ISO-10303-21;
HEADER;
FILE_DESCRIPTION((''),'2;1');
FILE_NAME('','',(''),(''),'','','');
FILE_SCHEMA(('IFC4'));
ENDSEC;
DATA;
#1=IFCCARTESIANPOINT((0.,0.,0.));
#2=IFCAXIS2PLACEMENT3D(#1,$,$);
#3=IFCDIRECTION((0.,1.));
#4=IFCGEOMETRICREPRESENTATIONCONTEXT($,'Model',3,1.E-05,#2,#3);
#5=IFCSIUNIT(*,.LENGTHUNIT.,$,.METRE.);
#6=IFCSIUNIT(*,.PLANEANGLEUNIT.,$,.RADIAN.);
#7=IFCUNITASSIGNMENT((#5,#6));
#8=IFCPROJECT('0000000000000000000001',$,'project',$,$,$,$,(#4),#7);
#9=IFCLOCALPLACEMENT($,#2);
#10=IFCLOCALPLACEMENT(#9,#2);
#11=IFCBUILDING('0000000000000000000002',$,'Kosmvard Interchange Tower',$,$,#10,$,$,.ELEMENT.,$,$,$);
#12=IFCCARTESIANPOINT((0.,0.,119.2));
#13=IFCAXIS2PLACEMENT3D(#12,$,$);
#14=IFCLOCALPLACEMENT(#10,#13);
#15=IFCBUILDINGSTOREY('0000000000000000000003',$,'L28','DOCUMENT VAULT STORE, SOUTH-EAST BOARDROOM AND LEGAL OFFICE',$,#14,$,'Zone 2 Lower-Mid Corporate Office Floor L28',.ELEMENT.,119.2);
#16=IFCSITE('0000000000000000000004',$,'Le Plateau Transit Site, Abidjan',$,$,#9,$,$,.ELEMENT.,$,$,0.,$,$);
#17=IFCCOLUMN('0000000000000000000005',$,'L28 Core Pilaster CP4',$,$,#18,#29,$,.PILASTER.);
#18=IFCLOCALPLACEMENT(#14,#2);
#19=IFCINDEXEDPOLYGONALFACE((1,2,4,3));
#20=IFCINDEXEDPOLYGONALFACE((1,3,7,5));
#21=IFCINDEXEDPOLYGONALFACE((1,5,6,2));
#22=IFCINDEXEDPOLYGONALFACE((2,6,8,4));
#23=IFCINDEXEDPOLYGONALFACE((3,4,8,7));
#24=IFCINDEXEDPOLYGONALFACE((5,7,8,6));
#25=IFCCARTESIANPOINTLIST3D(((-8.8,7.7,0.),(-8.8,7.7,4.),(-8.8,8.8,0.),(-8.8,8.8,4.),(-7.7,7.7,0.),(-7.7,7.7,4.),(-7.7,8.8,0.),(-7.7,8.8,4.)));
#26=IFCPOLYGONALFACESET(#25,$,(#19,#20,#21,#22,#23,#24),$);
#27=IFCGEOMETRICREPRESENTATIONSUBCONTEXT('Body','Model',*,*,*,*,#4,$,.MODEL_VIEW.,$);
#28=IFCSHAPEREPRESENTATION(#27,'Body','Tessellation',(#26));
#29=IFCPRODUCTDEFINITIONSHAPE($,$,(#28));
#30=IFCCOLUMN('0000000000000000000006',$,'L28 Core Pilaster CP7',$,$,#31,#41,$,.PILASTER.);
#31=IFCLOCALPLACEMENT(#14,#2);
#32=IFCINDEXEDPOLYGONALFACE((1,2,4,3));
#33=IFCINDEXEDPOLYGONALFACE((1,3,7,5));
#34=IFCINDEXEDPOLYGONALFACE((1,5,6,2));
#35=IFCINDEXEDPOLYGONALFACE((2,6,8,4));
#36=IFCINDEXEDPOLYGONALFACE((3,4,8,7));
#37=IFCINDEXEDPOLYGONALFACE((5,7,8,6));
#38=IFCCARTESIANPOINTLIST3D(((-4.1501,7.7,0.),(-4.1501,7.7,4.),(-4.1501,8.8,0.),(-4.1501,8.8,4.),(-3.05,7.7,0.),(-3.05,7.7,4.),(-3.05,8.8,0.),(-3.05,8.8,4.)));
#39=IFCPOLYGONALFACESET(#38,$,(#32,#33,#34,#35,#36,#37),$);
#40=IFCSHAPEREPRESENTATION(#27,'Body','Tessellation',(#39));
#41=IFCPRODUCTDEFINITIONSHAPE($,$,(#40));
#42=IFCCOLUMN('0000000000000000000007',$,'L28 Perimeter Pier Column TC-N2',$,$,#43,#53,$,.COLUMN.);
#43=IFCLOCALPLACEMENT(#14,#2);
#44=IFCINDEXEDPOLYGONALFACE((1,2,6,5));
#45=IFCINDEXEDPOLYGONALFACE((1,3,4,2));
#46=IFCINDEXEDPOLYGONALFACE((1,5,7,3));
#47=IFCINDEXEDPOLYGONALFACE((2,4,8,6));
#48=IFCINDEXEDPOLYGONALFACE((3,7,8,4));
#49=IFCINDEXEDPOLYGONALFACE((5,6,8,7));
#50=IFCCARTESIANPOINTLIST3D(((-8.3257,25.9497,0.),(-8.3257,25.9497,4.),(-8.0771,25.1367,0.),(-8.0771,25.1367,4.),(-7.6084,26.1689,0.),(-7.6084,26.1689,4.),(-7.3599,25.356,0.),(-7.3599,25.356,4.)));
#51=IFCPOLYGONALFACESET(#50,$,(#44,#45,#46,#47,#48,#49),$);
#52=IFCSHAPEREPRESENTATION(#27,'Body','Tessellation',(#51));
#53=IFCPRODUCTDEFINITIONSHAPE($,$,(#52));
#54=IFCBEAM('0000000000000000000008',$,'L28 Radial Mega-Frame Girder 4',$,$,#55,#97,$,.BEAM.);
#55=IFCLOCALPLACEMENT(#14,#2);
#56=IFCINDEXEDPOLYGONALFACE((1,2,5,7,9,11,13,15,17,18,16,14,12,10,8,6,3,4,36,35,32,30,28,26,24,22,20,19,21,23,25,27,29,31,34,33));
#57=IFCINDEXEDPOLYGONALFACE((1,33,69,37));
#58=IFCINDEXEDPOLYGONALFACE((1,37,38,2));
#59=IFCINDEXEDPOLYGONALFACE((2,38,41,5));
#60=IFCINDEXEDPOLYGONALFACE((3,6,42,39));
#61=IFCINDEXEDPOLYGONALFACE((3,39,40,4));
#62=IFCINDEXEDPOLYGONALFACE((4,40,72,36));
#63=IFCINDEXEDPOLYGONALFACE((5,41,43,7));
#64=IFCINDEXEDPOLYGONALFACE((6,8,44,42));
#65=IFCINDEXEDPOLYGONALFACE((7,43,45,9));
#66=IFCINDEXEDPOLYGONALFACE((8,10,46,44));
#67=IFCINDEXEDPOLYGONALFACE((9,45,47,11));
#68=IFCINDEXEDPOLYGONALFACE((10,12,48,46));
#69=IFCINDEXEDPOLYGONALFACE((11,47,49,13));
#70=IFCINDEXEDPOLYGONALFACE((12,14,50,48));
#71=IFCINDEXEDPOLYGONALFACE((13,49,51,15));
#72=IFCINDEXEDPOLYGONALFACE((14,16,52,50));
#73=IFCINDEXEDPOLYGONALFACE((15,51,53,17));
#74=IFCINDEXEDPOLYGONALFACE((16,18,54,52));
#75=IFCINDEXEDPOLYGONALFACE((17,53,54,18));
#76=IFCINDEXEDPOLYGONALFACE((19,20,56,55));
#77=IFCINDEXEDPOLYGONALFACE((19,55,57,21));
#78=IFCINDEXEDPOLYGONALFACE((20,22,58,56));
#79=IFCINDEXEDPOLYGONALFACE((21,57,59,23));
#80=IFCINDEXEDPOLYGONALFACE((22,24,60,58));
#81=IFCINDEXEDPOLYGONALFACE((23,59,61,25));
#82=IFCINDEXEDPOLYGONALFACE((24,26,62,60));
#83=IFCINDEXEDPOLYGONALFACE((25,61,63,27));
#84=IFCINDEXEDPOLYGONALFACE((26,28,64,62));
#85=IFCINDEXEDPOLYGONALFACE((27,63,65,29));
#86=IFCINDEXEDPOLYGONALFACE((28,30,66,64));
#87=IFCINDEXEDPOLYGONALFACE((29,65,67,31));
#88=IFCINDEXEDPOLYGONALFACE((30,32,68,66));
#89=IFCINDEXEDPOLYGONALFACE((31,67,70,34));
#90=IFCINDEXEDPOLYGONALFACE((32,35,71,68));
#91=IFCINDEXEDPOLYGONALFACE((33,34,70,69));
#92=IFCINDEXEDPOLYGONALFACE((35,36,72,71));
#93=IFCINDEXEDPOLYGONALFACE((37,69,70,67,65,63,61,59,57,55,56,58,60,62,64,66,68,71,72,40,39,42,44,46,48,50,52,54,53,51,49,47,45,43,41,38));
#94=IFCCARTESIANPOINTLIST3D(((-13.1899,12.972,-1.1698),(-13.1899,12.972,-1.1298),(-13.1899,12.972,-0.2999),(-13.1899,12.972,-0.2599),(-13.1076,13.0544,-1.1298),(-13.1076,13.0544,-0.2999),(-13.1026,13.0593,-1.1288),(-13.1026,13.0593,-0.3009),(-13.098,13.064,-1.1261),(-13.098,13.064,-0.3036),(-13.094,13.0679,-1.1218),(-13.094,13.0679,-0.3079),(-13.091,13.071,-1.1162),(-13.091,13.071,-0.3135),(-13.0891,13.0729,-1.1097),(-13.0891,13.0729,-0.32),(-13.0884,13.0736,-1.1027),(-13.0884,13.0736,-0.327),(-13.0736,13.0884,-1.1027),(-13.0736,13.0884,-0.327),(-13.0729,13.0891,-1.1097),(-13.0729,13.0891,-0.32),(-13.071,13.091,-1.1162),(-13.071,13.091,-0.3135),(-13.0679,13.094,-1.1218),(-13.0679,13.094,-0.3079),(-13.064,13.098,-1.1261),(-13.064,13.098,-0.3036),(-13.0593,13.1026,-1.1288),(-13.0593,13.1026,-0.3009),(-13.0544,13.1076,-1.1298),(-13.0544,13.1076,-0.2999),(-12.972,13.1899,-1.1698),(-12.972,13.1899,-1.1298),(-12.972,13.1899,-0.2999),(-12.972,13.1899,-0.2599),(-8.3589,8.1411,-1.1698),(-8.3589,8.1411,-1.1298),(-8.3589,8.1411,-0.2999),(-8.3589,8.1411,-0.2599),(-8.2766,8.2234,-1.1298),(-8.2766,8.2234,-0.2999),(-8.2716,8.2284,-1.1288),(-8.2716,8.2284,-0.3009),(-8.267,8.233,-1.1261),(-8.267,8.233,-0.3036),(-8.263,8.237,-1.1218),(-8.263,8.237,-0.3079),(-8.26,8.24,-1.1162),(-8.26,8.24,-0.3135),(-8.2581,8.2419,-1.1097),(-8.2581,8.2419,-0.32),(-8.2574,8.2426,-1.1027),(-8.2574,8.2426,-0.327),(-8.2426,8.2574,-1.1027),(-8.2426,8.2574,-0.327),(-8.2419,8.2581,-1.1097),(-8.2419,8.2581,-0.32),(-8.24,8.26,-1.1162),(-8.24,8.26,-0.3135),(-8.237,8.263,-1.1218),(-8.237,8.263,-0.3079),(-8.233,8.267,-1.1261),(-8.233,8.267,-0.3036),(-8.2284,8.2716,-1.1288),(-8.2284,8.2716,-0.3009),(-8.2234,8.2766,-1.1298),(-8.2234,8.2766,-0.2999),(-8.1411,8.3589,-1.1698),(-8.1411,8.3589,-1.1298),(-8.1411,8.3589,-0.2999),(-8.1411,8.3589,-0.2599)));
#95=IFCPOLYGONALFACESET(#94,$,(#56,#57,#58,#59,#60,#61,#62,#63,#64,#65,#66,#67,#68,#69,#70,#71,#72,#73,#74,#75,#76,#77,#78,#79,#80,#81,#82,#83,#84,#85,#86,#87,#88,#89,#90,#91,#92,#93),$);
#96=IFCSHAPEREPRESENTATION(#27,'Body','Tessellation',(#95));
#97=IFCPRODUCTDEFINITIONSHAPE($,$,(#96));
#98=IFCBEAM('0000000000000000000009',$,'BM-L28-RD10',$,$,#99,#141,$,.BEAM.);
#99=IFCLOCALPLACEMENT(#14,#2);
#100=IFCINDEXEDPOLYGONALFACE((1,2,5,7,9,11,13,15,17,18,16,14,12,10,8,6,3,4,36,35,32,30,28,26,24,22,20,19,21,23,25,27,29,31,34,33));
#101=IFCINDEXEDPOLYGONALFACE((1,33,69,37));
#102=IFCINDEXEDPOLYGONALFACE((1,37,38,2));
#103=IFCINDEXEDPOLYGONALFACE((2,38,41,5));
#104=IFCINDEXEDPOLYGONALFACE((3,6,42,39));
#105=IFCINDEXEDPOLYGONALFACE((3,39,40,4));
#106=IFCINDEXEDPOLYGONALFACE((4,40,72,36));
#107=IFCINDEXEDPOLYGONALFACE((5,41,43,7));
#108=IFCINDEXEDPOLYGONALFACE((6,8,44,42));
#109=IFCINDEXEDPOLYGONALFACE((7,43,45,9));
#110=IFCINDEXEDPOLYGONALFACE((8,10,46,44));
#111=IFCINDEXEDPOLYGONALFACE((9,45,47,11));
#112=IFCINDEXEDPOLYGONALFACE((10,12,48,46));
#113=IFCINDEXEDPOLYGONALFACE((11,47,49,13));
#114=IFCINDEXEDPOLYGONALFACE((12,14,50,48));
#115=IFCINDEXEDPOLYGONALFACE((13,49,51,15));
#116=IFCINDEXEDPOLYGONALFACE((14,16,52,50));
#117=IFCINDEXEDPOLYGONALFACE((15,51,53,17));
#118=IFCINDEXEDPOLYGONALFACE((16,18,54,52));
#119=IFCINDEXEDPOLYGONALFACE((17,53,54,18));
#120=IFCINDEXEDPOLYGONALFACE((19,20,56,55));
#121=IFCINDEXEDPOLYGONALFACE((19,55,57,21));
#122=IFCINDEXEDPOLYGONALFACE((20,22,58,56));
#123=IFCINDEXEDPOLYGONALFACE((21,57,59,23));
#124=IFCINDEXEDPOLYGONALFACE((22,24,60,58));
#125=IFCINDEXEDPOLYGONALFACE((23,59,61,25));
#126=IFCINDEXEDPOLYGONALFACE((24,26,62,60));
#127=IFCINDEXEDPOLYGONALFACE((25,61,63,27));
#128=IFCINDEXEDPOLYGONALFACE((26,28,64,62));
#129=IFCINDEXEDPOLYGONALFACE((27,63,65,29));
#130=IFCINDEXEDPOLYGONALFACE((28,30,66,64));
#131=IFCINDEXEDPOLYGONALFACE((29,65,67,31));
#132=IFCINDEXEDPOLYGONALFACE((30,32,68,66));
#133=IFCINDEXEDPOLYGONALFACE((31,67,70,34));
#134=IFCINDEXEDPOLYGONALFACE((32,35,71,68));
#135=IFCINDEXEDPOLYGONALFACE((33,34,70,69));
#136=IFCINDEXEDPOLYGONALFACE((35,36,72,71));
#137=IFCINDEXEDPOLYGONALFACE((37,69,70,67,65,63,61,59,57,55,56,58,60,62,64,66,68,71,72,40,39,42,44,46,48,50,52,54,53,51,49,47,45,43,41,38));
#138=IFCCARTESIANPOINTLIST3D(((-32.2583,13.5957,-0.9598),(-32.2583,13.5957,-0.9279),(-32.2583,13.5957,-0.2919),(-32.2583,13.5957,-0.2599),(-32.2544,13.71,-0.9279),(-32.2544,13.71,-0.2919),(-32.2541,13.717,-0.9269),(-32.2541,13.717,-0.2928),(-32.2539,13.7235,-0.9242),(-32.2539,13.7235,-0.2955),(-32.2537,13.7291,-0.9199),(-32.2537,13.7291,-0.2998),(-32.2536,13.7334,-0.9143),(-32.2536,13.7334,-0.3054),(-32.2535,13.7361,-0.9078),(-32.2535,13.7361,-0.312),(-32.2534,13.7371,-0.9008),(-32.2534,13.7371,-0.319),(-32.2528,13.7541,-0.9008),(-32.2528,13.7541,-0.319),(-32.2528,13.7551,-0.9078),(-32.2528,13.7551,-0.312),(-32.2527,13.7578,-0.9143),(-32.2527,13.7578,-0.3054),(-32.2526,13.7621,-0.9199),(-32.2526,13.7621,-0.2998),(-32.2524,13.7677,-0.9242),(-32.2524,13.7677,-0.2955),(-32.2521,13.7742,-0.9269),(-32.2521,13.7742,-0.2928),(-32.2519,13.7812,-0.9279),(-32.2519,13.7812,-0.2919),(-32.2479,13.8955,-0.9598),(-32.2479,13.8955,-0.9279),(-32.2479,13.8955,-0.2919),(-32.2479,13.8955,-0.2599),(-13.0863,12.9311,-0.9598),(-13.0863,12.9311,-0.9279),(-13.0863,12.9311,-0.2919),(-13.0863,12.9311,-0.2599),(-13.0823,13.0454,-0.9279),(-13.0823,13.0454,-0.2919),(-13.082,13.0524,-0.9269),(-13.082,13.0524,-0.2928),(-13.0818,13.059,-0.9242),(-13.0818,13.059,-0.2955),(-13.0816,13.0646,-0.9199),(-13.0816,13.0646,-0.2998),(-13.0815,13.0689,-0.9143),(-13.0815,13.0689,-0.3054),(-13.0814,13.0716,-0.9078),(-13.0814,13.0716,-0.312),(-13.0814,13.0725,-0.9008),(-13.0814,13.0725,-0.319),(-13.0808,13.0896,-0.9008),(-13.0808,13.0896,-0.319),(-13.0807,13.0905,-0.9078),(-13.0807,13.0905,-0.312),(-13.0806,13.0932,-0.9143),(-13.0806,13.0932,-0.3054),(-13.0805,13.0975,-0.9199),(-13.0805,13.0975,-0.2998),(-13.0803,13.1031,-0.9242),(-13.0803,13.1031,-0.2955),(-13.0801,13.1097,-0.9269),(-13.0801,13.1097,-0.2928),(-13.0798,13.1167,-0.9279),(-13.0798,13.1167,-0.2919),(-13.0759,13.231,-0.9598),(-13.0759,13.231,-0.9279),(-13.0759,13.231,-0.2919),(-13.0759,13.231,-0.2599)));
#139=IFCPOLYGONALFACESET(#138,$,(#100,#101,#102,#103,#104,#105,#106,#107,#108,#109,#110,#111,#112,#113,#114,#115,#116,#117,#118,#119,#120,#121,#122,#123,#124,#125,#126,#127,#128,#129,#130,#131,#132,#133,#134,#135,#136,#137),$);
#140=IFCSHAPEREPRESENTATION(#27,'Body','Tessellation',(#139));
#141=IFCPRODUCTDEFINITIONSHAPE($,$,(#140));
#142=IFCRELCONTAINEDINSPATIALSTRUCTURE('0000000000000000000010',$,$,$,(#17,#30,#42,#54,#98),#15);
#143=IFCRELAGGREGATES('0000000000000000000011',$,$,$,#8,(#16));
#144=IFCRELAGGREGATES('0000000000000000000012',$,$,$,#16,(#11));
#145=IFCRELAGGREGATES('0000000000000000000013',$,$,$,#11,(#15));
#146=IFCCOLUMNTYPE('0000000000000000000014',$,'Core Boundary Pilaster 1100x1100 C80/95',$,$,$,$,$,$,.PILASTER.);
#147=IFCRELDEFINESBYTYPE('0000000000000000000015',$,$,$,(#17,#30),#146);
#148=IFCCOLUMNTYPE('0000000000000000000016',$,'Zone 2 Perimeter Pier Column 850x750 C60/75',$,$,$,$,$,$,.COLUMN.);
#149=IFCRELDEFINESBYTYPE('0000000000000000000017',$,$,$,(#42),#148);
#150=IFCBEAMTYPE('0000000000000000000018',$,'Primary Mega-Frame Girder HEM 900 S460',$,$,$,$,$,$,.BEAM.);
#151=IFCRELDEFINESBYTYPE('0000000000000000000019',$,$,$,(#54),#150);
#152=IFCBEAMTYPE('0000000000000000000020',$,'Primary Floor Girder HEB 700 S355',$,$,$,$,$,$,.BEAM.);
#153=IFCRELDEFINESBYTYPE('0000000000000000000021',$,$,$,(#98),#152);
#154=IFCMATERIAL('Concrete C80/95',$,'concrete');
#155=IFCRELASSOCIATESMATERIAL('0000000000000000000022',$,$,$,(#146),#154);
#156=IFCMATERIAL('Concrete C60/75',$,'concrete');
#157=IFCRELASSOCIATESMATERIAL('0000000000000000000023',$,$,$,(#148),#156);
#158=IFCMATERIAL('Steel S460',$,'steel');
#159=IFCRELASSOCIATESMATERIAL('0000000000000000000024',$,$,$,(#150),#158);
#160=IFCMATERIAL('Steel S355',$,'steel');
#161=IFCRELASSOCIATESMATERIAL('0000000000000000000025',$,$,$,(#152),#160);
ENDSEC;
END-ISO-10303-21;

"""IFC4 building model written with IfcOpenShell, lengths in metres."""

from ifc_helpers import new_model, si_unit, direction, frame, origin, origin_2d, place, context, subcontext, project, spatial, rectangle, i_section, extrude, source, transform, mapped, material, material_profile, profile_set, type_object, element, save


model = new_model("IFC4")

# Units and contexts
model_context = context("Model", 3, precision=1e-05, world=origin(), true_north=direction((0.0, 1.0)))
body_context = subcontext(model_context, "Body", "Model", "MODEL_VIEW")
ifc_project = project(units=[si_unit("LENGTHUNIT", "METRE"), si_unit("PLANEANGLEUNIT", "RADIAN")], contexts=[model_context])

# Site, building, storey
site_placement = place(None, origin())
site = spatial("IfcSite", under=ifc_project, at=site_placement, Name="Le Plateau Transit Site, Abidjan", CompositionType="ELEMENT", RefElevation=0.0)
building_placement = place(site_placement, origin())
building = spatial("IfcBuilding", under=site, at=building_placement, Name="Kosmvard Interchange Tower", CompositionType="ELEMENT")
storey_placement = place(building_placement, frame((0.0, 0.0, 119.2)))
storey = spatial("IfcBuildingStorey", under=building, at=storey_placement, Name="L28", Description="DOCUMENT VAULT STORE, SOUTH-EAST BOARDROOM AND LEGAL OFFICE", LongName="Zone 2 Lower-Mid Corporate Office Floor L28", CompositionType="ELEMENT", Elevation=119.2)

# Columns
ifc_material_1 = material(Name="Concrete C80/95", Category="concrete")
ifc_material_profile_1 = material_profile(ifc_material_1, rectangle(XDim=1.1001, YDim=1.1001, at=origin_2d()), Name="CP 1100x1100")
ifc_profile_set_1 = profile_set([ifc_material_profile_1], Name="Concrete C80/95")
column_type_1 = type_object("IfcColumnType", Name="Core Boundary Pilaster 1100x1100 C80/95", PredefinedType="PILASTER", material=ifc_profile_set_1)
shared_shape_1 = source(origin(), body_context, "Body", "SweptSolid", [
    extrude(rectangle(XDim=1.1001, YDim=1.1001, at=origin_2d()), origin(), (0.0, 0.0, 1.0), 4.0),
])
for number, where, z_axis, x_axis, name in (
    (1, (-8.25, 8.25, 0.0), (0.0, 0.0, 1.0), (1.0, 0.0, 0.0), "L28 Core Pilaster CP4"),
    (2, (-3.6001, 8.25, 0.0), (0.0, 0.0, 1.0), (1.0, 0.0, 0.0), "L28 Core Pilaster CP7"),
):
    element("IfcColumn", number, at=place(storey_placement, frame(where, z_axis=z_axis, x_axis=x_axis)), inside=storey, type_object=column_type_1, Name=name, PredefinedType="PILASTER", context=body_context, shape_type="MappedRepresentation", body=[
        mapped(shared_shape_1, transform((0.0, 0.0, 0.0), scale=1.0)),
    ])
ifc_material_2 = material(Name="Concrete C60/75", Category="concrete")
ifc_material_profile_2 = material_profile(ifc_material_2, rectangle(XDim=0.75, YDim=0.8501, at=origin_2d()), Name="TC 850x750")
ifc_profile_set_2 = profile_set([ifc_material_profile_2], Name="Concrete C60/75")
column_type_2 = type_object("IfcColumnType", Name="Zone 2 Perimeter Pier Column 850x750 C60/75", PredefinedType="COLUMN", material=ifc_profile_set_2)
shared_shape_2 = source(origin(), body_context, "Body", "SweptSolid", [
    extrude(rectangle(XDim=0.75, YDim=0.8501, at=origin_2d()), origin(), (0.0, 0.0, 1.0), 4.0),
])
column_placement = place(storey_placement, frame((-7.8428, 25.6528, 0.0), z_axis=(0.0, 0.0, 1.0), x_axis=(0.956305, 0.292372, 0.0)))
element("IfcColumn", 3, at=column_placement, inside=storey, type_object=column_type_2, Name="L28 Perimeter Pier Column TC-N2", PredefinedType="COLUMN", context=body_context, shape_type="MappedRepresentation", body=[
    mapped(shared_shape_2, transform((0.0, 0.0, 0.0), scale=1.0)),
])

# Beams
ifc_material_3 = material(Name="Steel S460", Category="steel")
ifc_material_profile_3 = material_profile(ifc_material_3, i_section(OverallWidth=0.3081, OverallDepth=0.9099, WebThickness=0.021, FlangeThickness=0.04, FilletRadius=0.0271, at=origin_2d()), Name="HEM 900")
ifc_profile_set_3 = profile_set([ifc_material_profile_3], Name="Steel S460")
beam_type_1 = type_object("IfcBeamType", Name="Primary Mega-Frame Girder HEM 900 S460", PredefinedType="BEAM", material=ifc_profile_set_3)
shared_shape_3 = source(origin(), body_context, "Body", "SweptSolid", [
    extrude(i_section(OverallWidth=0.3081, OverallDepth=0.9099, WebThickness=0.021, FlangeThickness=0.04, FilletRadius=0.0271, at=origin_2d()), origin(), (0.0, 0.0, 1.0), 6.832),
])
beam_1_placement = place(storey_placement, frame((-8.25, 8.25, -0.7148), z_axis=(-0.707107, 0.707107, 0.0), x_axis=(-0.707107, -0.707107, 0.0)))
element("IfcBeam", 4, at=beam_1_placement, inside=storey, type_object=beam_type_1, Name="L28 Radial Mega-Frame Girder 4", PredefinedType="BEAM", context=body_context, shape_type="MappedRepresentation", body=[
    mapped(shared_shape_3, transform((0.0, 0.0, 0.0), scale=1.0)),
])
ifc_material_4 = material(Name="Steel S355", Category="steel")
ifc_material_profile_4 = material_profile(ifc_material_4, i_section(OverallWidth=0.3, OverallDepth=0.7, WebThickness=0.0171, FlangeThickness=0.032, FilletRadius=0.0271, at=origin_2d()), Name="HEB 700")
ifc_profile_set_4 = profile_set([ifc_material_profile_4], Name="Steel S355")
beam_type_2 = type_object("IfcBeamType", Name="Primary Floor Girder HEB 700 S355", PredefinedType="BEAM", material=ifc_profile_set_4)
shared_shape_4 = source(origin(), body_context, "Body", "SweptSolid", [
    extrude(i_section(OverallWidth=0.3, OverallDepth=0.7, WebThickness=0.0171, FlangeThickness=0.032, FilletRadius=0.0271, at=origin_2d()), origin(), (0.0, 0.0, 1.0), 19.1836),
])
beam_2_placement = place(storey_placement, frame((-13.0811, 13.0811, -0.6099), z_axis=(-0.9994, 0.034642, 0.0), x_axis=(-0.034642, -0.9994, 0.0)))
element("IfcBeam", 5, at=beam_2_placement, inside=storey, type_object=beam_type_2, Name="BM-L28-RD10", PredefinedType="BEAM", context=body_context, shape_type="MappedRepresentation", body=[
    mapped(shared_shape_4, transform((0.0, 0.0, 0.0), scale=1.0)),
])

save(model, "model.ifc")
